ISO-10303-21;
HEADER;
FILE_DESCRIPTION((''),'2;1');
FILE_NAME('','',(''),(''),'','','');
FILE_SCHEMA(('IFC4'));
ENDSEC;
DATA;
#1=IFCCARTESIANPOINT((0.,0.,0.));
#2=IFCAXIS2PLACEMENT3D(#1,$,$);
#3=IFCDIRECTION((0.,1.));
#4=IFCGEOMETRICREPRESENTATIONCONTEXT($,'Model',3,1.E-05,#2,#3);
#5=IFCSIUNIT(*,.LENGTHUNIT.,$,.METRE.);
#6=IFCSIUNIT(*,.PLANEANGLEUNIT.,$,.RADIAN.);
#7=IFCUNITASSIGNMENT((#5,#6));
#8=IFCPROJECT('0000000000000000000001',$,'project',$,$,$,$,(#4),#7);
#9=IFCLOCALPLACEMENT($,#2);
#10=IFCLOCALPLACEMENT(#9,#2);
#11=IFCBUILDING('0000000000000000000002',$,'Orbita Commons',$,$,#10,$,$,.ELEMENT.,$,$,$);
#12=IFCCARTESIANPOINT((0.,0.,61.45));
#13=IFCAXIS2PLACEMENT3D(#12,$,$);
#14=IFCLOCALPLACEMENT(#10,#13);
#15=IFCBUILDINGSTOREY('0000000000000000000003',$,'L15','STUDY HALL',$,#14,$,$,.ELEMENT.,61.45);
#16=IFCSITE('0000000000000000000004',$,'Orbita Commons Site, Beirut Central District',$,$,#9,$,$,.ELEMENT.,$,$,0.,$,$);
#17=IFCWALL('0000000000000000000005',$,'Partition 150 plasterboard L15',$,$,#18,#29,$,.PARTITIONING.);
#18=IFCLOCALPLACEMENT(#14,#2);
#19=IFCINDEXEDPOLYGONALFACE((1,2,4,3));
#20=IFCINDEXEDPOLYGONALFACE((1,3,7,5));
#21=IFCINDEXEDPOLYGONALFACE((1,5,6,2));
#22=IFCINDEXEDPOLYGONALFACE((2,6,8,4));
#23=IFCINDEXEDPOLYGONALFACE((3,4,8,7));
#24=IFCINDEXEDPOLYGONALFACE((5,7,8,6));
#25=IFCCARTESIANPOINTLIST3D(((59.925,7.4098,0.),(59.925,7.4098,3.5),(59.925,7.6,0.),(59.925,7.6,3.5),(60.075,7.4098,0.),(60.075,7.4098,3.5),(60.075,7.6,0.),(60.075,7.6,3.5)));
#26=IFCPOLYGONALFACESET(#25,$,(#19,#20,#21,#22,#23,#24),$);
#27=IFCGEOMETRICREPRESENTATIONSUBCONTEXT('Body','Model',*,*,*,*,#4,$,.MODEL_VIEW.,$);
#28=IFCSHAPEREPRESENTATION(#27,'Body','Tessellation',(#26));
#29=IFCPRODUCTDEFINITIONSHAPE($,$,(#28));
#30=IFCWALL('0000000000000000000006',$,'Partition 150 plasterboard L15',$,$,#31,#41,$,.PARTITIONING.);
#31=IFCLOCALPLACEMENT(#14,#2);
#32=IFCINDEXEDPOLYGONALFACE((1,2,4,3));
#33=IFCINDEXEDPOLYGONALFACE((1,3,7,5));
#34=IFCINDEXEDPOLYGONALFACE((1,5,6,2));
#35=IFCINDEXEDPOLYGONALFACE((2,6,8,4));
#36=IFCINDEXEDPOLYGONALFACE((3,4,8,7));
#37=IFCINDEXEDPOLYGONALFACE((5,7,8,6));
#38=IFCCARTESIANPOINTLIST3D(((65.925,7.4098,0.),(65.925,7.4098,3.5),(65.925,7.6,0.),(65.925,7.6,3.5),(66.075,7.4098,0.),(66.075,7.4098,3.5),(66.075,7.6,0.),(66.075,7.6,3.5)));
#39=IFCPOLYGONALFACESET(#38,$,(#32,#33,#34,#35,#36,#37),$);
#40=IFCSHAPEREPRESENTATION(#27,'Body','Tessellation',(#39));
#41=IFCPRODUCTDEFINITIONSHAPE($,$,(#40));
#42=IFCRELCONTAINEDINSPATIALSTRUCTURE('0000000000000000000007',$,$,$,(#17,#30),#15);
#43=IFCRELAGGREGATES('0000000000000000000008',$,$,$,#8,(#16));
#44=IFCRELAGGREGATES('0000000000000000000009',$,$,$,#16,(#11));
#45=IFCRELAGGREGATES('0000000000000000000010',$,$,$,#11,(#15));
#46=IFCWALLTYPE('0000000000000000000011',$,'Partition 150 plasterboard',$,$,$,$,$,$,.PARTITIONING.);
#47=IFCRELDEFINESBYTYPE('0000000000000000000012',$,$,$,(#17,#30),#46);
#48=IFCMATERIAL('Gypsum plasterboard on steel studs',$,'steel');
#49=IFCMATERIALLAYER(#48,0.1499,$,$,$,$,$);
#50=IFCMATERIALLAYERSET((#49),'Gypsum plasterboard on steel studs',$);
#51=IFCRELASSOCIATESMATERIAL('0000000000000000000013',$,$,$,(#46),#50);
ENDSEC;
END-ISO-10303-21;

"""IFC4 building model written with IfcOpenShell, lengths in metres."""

from ifc_helpers import new_model, si_unit, direction, frame, frame_2d, origin, place, context, subcontext, project, spatial, rectangle, extrude, material, layer, layer_set, type_object, element, save


model = new_model("IFC4")

# Units and contexts
model_context = context("Model", 3, precision=1e-05, world=origin(), true_north=direction((0.0, 1.0)))
body_context = subcontext(model_context, "Body", "Model", "MODEL_VIEW")
ifc_project = project(units=[si_unit("LENGTHUNIT", "METRE"), si_unit("PLANEANGLEUNIT", "RADIAN")], contexts=[model_context])

# Site, building, storey
site_placement = place(None, origin())
site = spatial("IfcSite", under=ifc_project, at=site_placement, Name="Orbita Commons Site, Beirut Central District", CompositionType="ELEMENT", RefElevation=0.0)
building_placement = place(site_placement, origin())
building = spatial("IfcBuilding", under=site, at=building_placement, Name="Orbita Commons", CompositionType="ELEMENT")
storey_placement = place(building_placement, frame((0.0, 0.0, 61.45)))
storey = spatial("IfcBuildingStorey", under=building, at=storey_placement, Name="L15", Description="STUDY HALL", CompositionType="ELEMENT", Elevation=61.45)

# Walls
ifc_material_1 = material(Name="Gypsum plasterboard on steel studs", Category="steel")
ifc_layer_1 = layer(ifc_material_1, 0.1499)
ifc_layer_set_1 = layer_set([ifc_layer_1], Name="Gypsum plasterboard on steel studs")
wall_type_1 = type_object("IfcWallType", Name="Partition 150 plasterboard", PredefinedType="PARTITIONING", material=ifc_layer_set_1)
for number, where, z_axis, x_axis, name in (
    (1, (60.0, 7.6001, 0.0), (0.0, 0.0, 1.0), (0.0, -1.0, 0.0), "Partition 150 plasterboard L15"),
    (2, (66.0, 7.6001, 0.0), (0.0, 0.0, 1.0), (0.0, -1.0, 0.0), "Partition 150 plasterboard L15"),
):
    element("IfcWall", number, at=place(storey_placement, frame(where, z_axis=z_axis, x_axis=x_axis)), inside=storey, type_object=wall_type_1, Name=name, PredefinedType="PARTITIONING", context=body_context, shape_type="SweptSolid", body=[
        extrude(rectangle(XDim=0.1902, YDim=0.1499, at=frame_2d((0.0952, 0.0))), origin(), (0.0, 0.0, 1.0), 3.5),
    ])

save(model, "model.ifc")
